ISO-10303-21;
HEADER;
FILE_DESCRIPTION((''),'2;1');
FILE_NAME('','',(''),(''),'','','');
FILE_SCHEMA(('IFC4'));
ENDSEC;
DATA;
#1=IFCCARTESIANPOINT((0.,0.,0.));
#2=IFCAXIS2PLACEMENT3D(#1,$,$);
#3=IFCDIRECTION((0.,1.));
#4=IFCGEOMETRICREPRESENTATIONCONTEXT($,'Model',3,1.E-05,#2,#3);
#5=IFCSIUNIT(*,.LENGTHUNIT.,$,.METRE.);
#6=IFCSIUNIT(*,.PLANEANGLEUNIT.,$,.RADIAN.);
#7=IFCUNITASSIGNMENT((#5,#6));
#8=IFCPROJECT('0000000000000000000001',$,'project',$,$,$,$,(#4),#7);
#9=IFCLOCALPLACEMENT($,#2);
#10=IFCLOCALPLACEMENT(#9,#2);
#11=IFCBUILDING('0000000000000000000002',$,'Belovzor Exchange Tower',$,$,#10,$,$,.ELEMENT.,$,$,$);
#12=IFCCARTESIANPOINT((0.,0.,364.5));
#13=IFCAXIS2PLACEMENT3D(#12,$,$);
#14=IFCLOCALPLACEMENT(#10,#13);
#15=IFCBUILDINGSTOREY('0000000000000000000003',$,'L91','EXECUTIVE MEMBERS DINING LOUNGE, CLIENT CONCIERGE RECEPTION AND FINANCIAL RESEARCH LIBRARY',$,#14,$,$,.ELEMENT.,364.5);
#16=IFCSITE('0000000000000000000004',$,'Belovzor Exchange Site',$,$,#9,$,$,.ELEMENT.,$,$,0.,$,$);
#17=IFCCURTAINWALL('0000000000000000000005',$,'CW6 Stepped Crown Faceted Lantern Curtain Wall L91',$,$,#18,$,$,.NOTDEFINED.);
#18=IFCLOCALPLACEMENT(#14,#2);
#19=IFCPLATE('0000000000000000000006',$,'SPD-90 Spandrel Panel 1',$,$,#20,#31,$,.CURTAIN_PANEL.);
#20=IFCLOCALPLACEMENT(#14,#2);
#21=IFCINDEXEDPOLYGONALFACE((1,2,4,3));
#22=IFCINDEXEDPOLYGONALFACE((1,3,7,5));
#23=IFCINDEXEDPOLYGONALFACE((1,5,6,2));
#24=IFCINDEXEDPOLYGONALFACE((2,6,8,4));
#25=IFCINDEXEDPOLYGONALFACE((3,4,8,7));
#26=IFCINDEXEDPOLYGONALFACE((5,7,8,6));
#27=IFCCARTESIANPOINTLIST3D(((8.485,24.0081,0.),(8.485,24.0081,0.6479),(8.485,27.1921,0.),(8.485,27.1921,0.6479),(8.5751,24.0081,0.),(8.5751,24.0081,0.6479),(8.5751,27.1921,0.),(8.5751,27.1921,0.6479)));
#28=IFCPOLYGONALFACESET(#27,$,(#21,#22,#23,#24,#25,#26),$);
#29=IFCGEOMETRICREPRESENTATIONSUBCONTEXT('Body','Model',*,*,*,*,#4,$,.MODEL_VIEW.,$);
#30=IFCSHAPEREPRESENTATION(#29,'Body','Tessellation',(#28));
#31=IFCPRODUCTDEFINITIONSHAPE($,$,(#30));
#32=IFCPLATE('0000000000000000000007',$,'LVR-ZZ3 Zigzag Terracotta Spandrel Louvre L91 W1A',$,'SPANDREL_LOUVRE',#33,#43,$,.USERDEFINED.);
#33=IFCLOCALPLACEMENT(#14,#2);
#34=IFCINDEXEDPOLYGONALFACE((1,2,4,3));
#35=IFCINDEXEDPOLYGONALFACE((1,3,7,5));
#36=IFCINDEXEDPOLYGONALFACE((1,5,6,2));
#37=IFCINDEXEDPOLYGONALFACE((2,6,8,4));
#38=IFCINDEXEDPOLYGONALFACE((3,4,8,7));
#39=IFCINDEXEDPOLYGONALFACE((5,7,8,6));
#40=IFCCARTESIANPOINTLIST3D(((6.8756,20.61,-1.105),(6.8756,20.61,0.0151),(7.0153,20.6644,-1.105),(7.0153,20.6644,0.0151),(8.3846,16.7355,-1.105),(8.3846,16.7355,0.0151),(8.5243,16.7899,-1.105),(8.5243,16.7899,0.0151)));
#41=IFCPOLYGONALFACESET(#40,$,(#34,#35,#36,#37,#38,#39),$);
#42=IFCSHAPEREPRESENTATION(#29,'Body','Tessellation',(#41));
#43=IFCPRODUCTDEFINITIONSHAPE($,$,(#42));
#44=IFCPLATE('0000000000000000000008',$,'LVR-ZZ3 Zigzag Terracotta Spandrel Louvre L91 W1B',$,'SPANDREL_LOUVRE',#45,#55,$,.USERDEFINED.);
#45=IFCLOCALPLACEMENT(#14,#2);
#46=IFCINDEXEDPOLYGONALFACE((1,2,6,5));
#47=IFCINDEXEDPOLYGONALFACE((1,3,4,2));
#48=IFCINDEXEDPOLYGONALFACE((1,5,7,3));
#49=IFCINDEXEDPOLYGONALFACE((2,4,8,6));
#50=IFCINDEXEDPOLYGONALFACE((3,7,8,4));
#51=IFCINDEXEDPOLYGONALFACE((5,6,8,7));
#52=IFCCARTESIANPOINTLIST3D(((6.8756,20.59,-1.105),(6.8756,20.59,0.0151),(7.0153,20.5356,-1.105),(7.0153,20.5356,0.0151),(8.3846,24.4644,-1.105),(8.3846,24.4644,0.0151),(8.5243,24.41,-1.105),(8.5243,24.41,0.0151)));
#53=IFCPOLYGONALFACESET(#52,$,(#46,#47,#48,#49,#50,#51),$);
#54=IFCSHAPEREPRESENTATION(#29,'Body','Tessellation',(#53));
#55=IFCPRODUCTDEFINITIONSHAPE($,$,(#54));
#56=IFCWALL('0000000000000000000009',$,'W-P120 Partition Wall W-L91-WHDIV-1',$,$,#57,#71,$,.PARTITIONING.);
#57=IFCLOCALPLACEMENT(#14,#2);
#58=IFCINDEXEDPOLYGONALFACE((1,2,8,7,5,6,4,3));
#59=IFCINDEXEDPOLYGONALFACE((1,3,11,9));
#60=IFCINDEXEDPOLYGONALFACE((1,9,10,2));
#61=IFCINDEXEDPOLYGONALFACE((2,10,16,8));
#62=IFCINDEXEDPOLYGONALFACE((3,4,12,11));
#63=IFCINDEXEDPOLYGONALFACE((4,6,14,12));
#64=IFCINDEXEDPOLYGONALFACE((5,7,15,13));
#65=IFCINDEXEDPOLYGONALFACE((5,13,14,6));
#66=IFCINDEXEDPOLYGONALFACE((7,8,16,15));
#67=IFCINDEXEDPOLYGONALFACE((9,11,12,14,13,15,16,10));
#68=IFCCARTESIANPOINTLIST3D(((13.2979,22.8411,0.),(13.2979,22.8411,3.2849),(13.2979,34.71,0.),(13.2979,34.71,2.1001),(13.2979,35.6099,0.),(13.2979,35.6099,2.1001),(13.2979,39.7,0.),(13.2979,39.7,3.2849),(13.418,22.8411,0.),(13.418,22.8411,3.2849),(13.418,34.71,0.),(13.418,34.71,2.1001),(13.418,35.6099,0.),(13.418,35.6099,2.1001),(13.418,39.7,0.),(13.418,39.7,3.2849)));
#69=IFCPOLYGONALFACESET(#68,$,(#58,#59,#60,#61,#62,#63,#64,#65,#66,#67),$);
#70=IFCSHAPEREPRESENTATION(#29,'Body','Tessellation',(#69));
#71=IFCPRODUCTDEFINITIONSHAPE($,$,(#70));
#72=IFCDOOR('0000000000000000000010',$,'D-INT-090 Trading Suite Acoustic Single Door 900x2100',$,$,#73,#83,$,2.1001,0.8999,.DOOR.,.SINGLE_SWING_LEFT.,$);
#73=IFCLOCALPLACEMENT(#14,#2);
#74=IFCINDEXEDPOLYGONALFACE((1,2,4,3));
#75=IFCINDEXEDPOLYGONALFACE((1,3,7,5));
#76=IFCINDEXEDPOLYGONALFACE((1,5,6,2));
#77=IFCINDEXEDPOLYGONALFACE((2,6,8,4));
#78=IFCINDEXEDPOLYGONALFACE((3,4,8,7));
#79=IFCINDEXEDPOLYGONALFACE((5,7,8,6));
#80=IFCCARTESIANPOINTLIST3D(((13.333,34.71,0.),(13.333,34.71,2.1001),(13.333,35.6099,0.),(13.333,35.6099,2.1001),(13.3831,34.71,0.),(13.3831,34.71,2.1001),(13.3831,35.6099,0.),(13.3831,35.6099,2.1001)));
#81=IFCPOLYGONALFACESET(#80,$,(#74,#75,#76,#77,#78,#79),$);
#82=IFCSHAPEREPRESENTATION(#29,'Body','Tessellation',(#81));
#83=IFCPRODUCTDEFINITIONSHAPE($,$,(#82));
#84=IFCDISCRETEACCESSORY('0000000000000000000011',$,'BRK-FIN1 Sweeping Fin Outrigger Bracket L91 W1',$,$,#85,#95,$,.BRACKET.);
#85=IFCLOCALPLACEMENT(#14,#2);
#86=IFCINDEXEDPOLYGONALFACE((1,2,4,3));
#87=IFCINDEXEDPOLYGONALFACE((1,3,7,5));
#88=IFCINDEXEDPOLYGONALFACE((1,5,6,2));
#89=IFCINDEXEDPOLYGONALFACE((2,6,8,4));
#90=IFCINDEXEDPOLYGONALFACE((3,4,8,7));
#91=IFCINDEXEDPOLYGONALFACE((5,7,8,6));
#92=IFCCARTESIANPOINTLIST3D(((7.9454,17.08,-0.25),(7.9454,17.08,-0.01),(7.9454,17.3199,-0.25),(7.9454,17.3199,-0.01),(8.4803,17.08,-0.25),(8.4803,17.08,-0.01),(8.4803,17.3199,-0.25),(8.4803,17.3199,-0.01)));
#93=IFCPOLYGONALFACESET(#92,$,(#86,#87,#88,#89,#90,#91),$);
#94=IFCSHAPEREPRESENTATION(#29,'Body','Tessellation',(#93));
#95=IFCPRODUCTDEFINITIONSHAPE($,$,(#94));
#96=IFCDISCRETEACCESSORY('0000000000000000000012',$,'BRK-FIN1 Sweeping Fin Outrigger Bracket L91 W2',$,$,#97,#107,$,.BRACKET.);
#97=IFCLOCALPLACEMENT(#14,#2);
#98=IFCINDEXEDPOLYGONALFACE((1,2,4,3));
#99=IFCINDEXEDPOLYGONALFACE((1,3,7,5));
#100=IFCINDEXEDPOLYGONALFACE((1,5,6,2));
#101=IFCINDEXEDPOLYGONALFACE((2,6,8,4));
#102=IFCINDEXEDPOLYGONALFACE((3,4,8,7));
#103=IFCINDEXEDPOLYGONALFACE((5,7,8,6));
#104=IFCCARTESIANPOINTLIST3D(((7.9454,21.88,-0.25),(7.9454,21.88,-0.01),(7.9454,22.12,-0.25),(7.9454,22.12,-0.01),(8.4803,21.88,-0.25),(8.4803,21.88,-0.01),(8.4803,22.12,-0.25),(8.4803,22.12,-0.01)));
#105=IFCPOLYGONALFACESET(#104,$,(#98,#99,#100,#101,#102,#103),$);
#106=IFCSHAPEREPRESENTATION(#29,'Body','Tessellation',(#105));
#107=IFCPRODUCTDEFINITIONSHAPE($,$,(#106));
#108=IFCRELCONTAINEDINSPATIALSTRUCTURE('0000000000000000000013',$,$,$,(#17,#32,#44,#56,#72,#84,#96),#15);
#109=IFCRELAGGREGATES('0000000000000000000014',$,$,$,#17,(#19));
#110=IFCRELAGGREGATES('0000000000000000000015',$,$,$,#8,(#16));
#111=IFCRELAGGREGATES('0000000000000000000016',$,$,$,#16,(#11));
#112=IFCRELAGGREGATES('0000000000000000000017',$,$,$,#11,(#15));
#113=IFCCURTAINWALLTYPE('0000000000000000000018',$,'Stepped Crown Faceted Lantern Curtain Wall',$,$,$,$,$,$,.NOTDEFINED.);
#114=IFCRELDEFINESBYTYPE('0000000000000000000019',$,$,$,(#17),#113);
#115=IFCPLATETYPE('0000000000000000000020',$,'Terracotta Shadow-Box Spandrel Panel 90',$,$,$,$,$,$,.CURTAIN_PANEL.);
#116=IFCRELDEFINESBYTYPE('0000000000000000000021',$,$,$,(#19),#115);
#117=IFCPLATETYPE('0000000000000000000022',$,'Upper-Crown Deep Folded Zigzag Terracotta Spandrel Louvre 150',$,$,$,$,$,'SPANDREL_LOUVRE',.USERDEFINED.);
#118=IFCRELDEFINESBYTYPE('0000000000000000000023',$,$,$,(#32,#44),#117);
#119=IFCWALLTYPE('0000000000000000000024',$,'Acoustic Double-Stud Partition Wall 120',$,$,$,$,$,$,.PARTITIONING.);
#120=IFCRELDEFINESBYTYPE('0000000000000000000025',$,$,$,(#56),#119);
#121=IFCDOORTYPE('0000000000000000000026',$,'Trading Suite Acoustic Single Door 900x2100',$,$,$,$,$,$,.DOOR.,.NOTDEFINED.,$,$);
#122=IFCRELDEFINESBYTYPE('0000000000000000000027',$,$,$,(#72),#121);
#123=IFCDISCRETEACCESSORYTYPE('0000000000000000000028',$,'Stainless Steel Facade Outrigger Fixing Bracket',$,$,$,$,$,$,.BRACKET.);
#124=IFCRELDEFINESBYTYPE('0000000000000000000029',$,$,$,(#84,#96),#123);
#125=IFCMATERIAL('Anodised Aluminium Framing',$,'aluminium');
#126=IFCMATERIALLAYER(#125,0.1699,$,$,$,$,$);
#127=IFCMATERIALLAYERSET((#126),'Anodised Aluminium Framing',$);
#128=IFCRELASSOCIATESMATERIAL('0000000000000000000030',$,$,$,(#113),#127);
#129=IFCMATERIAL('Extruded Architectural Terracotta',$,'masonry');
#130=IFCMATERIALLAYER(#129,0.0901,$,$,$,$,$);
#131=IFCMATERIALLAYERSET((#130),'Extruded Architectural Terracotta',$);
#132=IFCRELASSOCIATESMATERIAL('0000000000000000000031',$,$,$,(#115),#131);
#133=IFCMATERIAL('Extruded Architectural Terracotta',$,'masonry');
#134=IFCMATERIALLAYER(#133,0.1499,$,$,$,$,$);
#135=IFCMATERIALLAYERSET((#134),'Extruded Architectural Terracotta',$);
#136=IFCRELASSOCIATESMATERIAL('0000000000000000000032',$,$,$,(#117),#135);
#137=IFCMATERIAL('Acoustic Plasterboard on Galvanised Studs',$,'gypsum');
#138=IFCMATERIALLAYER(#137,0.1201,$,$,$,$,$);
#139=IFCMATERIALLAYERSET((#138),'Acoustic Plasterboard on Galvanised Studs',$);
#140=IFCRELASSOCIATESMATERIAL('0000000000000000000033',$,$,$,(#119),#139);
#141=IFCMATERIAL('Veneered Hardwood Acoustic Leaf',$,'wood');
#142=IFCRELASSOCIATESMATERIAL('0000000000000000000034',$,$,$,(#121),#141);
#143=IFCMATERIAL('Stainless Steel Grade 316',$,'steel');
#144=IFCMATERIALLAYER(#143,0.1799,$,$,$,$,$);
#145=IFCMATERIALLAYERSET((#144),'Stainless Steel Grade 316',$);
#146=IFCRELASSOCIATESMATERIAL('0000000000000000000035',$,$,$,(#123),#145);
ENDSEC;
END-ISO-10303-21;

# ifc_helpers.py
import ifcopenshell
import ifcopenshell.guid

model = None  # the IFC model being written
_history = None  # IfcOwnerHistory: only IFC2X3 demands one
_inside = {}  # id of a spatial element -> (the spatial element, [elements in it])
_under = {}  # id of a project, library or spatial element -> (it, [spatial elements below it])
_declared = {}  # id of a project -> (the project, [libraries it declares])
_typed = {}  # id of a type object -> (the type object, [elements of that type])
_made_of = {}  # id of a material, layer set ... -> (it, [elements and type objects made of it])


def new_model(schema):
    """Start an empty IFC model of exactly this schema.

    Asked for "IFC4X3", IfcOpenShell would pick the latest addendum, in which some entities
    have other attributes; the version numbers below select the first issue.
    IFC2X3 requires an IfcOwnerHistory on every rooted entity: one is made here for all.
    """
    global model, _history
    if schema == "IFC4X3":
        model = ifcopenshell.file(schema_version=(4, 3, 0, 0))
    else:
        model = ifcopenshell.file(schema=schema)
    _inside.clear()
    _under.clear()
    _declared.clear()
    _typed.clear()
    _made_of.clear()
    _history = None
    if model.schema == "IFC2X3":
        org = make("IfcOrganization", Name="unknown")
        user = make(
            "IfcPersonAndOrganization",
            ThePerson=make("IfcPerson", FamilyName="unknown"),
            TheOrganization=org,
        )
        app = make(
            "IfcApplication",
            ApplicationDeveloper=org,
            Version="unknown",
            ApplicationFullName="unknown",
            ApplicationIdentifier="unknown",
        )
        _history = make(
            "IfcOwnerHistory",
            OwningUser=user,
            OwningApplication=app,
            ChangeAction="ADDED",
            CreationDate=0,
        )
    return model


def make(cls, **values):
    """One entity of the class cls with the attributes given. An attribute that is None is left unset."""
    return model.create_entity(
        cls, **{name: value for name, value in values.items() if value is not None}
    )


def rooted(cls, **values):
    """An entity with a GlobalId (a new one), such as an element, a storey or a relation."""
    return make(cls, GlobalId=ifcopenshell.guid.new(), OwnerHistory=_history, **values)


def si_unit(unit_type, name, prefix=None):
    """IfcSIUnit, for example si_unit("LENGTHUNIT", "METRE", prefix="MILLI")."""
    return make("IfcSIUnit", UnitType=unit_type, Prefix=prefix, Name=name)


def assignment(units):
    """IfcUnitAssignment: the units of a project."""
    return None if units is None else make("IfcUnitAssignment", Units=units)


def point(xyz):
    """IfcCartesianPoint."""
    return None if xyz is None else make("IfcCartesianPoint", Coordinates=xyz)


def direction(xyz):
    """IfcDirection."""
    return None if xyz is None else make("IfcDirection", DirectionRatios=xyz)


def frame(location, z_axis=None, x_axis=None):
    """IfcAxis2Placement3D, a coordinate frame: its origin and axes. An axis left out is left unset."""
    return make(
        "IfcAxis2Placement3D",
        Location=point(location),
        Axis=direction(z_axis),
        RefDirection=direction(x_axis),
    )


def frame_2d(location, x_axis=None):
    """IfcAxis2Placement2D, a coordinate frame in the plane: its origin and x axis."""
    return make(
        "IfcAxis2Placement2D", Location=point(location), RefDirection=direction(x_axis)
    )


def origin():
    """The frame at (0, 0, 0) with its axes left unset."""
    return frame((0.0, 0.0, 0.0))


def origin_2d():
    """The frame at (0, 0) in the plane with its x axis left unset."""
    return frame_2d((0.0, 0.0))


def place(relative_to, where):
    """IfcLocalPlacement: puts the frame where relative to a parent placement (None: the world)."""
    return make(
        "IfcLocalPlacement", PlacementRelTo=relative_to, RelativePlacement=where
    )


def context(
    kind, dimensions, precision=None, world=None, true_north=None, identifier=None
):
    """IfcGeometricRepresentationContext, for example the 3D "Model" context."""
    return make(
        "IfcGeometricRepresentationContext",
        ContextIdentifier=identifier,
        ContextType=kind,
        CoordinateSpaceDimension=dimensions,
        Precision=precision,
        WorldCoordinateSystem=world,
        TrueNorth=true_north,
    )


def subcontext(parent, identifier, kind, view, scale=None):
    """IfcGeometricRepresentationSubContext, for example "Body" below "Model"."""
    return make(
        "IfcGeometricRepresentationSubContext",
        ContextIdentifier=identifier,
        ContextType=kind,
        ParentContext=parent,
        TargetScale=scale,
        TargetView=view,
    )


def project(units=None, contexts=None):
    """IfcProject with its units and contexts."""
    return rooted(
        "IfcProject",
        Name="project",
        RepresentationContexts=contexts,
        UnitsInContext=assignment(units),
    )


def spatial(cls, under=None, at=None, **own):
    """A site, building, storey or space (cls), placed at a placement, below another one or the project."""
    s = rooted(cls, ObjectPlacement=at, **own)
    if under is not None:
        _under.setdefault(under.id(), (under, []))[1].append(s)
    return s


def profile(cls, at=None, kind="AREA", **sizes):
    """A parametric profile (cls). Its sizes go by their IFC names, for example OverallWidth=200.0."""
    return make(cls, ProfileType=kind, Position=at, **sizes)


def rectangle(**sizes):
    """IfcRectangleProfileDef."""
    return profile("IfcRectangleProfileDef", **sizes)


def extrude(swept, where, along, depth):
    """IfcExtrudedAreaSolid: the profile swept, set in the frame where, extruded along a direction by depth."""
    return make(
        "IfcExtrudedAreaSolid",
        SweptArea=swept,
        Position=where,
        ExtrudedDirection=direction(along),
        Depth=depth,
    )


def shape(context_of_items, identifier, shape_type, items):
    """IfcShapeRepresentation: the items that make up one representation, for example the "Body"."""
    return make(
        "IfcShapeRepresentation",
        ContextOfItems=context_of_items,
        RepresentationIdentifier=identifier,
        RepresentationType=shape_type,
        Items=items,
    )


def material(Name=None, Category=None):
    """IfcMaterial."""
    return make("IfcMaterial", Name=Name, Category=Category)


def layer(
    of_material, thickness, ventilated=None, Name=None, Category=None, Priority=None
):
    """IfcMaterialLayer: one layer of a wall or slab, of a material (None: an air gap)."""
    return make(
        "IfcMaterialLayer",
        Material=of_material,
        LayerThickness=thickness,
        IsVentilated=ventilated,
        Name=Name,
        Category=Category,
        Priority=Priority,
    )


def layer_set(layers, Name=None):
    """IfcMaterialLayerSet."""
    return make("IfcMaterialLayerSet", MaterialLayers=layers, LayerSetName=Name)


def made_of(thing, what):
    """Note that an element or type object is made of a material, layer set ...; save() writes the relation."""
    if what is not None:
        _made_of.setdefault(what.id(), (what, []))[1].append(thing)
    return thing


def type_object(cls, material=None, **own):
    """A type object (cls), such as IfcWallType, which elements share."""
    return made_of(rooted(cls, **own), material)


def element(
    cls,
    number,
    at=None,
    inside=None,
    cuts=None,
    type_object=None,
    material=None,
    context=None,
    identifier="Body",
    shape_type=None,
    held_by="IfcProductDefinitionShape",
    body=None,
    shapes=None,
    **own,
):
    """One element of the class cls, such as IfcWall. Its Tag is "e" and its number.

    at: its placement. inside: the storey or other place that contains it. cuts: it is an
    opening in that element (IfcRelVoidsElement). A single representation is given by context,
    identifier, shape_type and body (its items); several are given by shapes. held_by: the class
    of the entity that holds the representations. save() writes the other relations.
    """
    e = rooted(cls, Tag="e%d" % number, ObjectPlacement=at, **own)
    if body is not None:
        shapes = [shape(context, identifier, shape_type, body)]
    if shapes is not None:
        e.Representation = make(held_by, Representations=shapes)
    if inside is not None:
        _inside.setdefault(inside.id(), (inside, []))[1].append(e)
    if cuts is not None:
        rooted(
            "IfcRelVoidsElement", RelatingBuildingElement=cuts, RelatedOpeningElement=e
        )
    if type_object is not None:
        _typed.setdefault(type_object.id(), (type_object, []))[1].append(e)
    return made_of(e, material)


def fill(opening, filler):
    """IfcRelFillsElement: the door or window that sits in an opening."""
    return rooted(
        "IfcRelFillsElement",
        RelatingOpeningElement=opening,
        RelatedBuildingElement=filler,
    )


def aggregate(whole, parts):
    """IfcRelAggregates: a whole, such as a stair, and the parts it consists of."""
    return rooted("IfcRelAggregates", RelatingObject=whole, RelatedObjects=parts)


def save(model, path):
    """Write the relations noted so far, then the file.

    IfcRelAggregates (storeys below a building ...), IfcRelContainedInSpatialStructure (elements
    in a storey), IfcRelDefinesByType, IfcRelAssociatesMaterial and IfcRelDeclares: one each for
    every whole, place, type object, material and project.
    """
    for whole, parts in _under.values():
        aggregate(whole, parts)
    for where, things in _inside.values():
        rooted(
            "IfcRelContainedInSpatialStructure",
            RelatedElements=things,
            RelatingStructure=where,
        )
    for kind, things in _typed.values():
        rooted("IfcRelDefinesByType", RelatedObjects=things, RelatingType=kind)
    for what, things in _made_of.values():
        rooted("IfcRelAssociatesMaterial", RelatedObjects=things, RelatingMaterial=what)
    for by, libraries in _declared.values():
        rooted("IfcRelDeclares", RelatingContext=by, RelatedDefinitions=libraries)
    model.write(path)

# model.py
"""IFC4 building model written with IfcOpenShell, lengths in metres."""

from ifc_helpers import new_model, si_unit, direction, frame, frame_2d, origin, origin_2d, place, context, subcontext, project, spatial, rectangle, extrude, material, layer, layer_set, type_object, element, fill, aggregate, save


model = new_model("IFC4")

# Units and contexts
model_context = context("Model", 3, precision=1e-05, world=origin(), true_north=direction((0.0, 1.0)))
body_context = subcontext(model_context, "Body", "Model", "MODEL_VIEW")
ifc_project = project(units=[si_unit("LENGTHUNIT", "METRE"), si_unit("PLANEANGLEUNIT", "RADIAN")], contexts=[model_context])

# Site, building, storey
site_placement = place(None, origin())
site = spatial("IfcSite", under=ifc_project, at=site_placement, Name="Belovzor Exchange Site", CompositionType="ELEMENT", RefElevation=0.0)
building_placement = place(site_placement, origin())
building = spatial("IfcBuilding", under=site, at=building_placement, Name="Belovzor Exchange Tower", CompositionType="ELEMENT")
storey_placement = place(building_placement, frame((0.0, 0.0, 364.5)))
storey = spatial("IfcBuildingStorey", under=building, at=storey_placement, Name="L91", Description="EXECUTIVE MEMBERS DINING LOUNGE, CLIENT CONCIERGE RECEPTION AND FINANCIAL RESEARCH LIBRARY", CompositionType="ELEMENT", Elevation=364.5)

# Curtain wall
ifc_material_1 = material(Name="Anodised Aluminium Framing", Category="aluminium")
ifc_layer_1 = layer(ifc_material_1, 0.1699)
ifc_layer_set_1 = layer_set([ifc_layer_1], Name="Anodised Aluminium Framing")
curtain_wall_type = type_object("IfcCurtainWallType", Name="Stepped Crown Faceted Lantern Curtain Wall", PredefinedType="NOTDEFINED", material=ifc_layer_set_1)
curtain_wall_placement = place(storey_placement, origin())
curtain_wall = element("IfcCurtainWall", 1, at=curtain_wall_placement, inside=storey, type_object=curtain_wall_type, Name="CW6 Stepped Crown Faceted Lantern Curtain Wall L91", PredefinedType="NOTDEFINED")

# Plate
ifc_material_2 = material(Name="Extruded Architectural Terracotta", Category="masonry")
ifc_layer_2 = layer(ifc_material_2, 0.0901)
ifc_layer_set_2 = layer_set([ifc_layer_2], Name="Extruded Architectural Terracotta")
plate_type_1 = type_object("IfcPlateType", Name="Terracotta Shadow-Box Spandrel Panel 90", PredefinedType="CURTAIN_PANEL", material=ifc_layer_set_2)
plate_1_placement = place(storey_placement, frame((8.53, 25.6001, 0.0), z_axis=(0.0, 0.0, 1.0), x_axis=(0.0, 1.0, 0.0)))
plate_1 = element("IfcPlate", 2, at=plate_1_placement, type_object=plate_type_1, Name="SPD-90 Spandrel Panel 1", PredefinedType="CURTAIN_PANEL", context=body_context, shape_type="SweptSolid", body=[
    extrude(rectangle(XDim=3.1841, YDim=0.0901, at=origin_2d()), origin(), (0.0, 0.0, 1.0), 0.6479),
])
aggregate(curtain_wall, [plate_1])

# Plates
ifc_material_3 = material(Name="Extruded Architectural Terracotta", Category="masonry")
ifc_layer_3 = layer(ifc_material_3, 0.1499)
ifc_layer_set_3 = layer_set([ifc_layer_3], Name="Extruded Architectural Terracotta")
plate_type_2 = type_object("IfcPlateType", Name="Upper-Crown Deep Folded Zigzag Terracotta Spandrel Louvre 150", ElementType="SPANDREL_LOUVRE", PredefinedType="USERDEFINED", material=ifc_layer_set_3)
for number, where, z_axis, x_axis, name in (
    (3, (7.7, 18.7, -1.105), (0.0, 0.0, 1.0), (-0.362926, 0.931818, 0.0), "LVR-ZZ3 Zigzag Terracotta Spandrel Louvre L91 W1A"),
    (4, (7.7, 22.5, -1.105), (0.0, 0.0, 1.0), (0.362926, 0.931818, 0.0), "LVR-ZZ3 Zigzag Terracotta Spandrel Louvre L91 W1B"),
):
    element("IfcPlate", number, at=place(storey_placement, frame(where, z_axis=z_axis, x_axis=x_axis)), inside=storey, type_object=plate_type_2, Name=name, ObjectType="SPANDREL_LOUVRE", PredefinedType="USERDEFINED", context=body_context, shape_type="SweptSolid", body=[
        extrude(rectangle(XDim=4.158, YDim=0.1499, at=origin_2d()), origin(), (0.0, 0.0, 1.0), 1.1201),
    ])

# Shared definitions
ifc_material_4 = material(Name="Acoustic Plasterboard on Galvanised Studs", Category="gypsum")
ifc_layer_4 = layer(ifc_material_4, 0.1201)
ifc_layer_set_4 = layer_set([ifc_layer_4], Name="Acoustic Plasterboard on Galvanised Studs")
wall_type = type_object("IfcWallType", Name="Acoustic Double-Stud Partition Wall 120", PredefinedType="PARTITIONING", material=ifc_layer_set_4)

# Wall, opening, door
wall_1_placement = place(storey_placement, frame((13.3579, 22.8411, 0.0), z_axis=(0.0, 0.0, 1.0), x_axis=(0.0, 1.0, 0.0)))
wall_1 = element("IfcWall", 5, at=wall_1_placement, inside=storey, type_object=wall_type, Name="W-P120 Partition Wall W-L91-WHDIV-1", PredefinedType="PARTITIONING", context=body_context, shape_type="SweptSolid", body=[
    extrude(rectangle(XDim=16.8589, YDim=0.1201, at=frame_2d((8.4294, 0.0))), origin(), (0.0, 0.0, 1.0), 3.2849),
])
opening_placement = place(wall_1_placement, frame((11.8689, 0.0, 0.0)))
opening = element("IfcOpeningElement", 6, at=opening_placement, cuts=wall_1, PredefinedType="OPENING", context=body_context, shape_type="SweptSolid", body=[
    extrude(rectangle(XDim=0.8999, YDim=2.1001, at=frame_2d((0.45, 1.05))), frame((0.0, 0.0701, 0.0), z_axis=(0.0, -1.0, 0.0), x_axis=(1.0, 0.0, 0.0)), (0.0, 0.0, 1.0), 0.1401),
])
ifc_material_5 = material(Name="Veneered Hardwood Acoustic Leaf", Category="wood")
door_type = type_object("IfcDoorType", Name="Trading Suite Acoustic Single Door 900x2100", OperationType="NOTDEFINED", PredefinedType="DOOR", material=ifc_material_5)
door_placement = place(opening_placement, origin())
door = element("IfcDoor", 7, at=door_placement, inside=storey, type_object=door_type, Name="D-INT-090 Trading Suite Acoustic Single Door 900x2100", OperationType="SINGLE_SWING_LEFT", OverallHeight=2.1001, OverallWidth=0.8999, PredefinedType="DOOR", context=body_context, shape_type="SweptSolid", body=[
    extrude(rectangle(XDim=0.8999, YDim=2.1001, at=frame_2d((0.45, 1.05))), frame((0.0, 0.0249, 0.0), z_axis=(0.0, -1.0, 0.0), x_axis=(1.0, 0.0, 0.0)), (0.0, 0.0, 1.0), 0.05),
])
fill(opening, door)

# Discrete accessories
ifc_material_6 = material(Name="Stainless Steel Grade 316", Category="steel")
ifc_layer_5 = layer(ifc_material_6, 0.1799)
ifc_layer_set_5 = layer_set([ifc_layer_5], Name="Stainless Steel Grade 316")
discrete_accessory_type = type_object("IfcDiscreteAccessoryType", Name="Stainless Steel Facade Outrigger Fixing Bracket", PredefinedType="BRACKET", material=ifc_layer_set_5)
for number, where, z_axis, x_axis, name in (
    (8, (8.2129, 17.2, -0.25), (0.0, 0.0, 1.0), (1.0, 0.0, 0.0), "BRK-FIN1 Sweeping Fin Outrigger Bracket L91 W1"),
    (9, (8.2129, 22.0, -0.25), (0.0, 0.0, 1.0), (1.0, 0.0, 0.0), "BRK-FIN1 Sweeping Fin Outrigger Bracket L91 W2"),
):
    element("IfcDiscreteAccessory", number, at=place(storey_placement, frame(where, z_axis=z_axis, x_axis=x_axis)), inside=storey, type_object=discrete_accessory_type, Name=name, PredefinedType="BRACKET", context=body_context, shape_type="SweptSolid", body=[
        extrude(rectangle(XDim=0.5349, YDim=0.24, at=origin_2d()), origin(), (0.0, 0.0, 1.0), 0.24),
    ])

save(model, "model.ifc")
